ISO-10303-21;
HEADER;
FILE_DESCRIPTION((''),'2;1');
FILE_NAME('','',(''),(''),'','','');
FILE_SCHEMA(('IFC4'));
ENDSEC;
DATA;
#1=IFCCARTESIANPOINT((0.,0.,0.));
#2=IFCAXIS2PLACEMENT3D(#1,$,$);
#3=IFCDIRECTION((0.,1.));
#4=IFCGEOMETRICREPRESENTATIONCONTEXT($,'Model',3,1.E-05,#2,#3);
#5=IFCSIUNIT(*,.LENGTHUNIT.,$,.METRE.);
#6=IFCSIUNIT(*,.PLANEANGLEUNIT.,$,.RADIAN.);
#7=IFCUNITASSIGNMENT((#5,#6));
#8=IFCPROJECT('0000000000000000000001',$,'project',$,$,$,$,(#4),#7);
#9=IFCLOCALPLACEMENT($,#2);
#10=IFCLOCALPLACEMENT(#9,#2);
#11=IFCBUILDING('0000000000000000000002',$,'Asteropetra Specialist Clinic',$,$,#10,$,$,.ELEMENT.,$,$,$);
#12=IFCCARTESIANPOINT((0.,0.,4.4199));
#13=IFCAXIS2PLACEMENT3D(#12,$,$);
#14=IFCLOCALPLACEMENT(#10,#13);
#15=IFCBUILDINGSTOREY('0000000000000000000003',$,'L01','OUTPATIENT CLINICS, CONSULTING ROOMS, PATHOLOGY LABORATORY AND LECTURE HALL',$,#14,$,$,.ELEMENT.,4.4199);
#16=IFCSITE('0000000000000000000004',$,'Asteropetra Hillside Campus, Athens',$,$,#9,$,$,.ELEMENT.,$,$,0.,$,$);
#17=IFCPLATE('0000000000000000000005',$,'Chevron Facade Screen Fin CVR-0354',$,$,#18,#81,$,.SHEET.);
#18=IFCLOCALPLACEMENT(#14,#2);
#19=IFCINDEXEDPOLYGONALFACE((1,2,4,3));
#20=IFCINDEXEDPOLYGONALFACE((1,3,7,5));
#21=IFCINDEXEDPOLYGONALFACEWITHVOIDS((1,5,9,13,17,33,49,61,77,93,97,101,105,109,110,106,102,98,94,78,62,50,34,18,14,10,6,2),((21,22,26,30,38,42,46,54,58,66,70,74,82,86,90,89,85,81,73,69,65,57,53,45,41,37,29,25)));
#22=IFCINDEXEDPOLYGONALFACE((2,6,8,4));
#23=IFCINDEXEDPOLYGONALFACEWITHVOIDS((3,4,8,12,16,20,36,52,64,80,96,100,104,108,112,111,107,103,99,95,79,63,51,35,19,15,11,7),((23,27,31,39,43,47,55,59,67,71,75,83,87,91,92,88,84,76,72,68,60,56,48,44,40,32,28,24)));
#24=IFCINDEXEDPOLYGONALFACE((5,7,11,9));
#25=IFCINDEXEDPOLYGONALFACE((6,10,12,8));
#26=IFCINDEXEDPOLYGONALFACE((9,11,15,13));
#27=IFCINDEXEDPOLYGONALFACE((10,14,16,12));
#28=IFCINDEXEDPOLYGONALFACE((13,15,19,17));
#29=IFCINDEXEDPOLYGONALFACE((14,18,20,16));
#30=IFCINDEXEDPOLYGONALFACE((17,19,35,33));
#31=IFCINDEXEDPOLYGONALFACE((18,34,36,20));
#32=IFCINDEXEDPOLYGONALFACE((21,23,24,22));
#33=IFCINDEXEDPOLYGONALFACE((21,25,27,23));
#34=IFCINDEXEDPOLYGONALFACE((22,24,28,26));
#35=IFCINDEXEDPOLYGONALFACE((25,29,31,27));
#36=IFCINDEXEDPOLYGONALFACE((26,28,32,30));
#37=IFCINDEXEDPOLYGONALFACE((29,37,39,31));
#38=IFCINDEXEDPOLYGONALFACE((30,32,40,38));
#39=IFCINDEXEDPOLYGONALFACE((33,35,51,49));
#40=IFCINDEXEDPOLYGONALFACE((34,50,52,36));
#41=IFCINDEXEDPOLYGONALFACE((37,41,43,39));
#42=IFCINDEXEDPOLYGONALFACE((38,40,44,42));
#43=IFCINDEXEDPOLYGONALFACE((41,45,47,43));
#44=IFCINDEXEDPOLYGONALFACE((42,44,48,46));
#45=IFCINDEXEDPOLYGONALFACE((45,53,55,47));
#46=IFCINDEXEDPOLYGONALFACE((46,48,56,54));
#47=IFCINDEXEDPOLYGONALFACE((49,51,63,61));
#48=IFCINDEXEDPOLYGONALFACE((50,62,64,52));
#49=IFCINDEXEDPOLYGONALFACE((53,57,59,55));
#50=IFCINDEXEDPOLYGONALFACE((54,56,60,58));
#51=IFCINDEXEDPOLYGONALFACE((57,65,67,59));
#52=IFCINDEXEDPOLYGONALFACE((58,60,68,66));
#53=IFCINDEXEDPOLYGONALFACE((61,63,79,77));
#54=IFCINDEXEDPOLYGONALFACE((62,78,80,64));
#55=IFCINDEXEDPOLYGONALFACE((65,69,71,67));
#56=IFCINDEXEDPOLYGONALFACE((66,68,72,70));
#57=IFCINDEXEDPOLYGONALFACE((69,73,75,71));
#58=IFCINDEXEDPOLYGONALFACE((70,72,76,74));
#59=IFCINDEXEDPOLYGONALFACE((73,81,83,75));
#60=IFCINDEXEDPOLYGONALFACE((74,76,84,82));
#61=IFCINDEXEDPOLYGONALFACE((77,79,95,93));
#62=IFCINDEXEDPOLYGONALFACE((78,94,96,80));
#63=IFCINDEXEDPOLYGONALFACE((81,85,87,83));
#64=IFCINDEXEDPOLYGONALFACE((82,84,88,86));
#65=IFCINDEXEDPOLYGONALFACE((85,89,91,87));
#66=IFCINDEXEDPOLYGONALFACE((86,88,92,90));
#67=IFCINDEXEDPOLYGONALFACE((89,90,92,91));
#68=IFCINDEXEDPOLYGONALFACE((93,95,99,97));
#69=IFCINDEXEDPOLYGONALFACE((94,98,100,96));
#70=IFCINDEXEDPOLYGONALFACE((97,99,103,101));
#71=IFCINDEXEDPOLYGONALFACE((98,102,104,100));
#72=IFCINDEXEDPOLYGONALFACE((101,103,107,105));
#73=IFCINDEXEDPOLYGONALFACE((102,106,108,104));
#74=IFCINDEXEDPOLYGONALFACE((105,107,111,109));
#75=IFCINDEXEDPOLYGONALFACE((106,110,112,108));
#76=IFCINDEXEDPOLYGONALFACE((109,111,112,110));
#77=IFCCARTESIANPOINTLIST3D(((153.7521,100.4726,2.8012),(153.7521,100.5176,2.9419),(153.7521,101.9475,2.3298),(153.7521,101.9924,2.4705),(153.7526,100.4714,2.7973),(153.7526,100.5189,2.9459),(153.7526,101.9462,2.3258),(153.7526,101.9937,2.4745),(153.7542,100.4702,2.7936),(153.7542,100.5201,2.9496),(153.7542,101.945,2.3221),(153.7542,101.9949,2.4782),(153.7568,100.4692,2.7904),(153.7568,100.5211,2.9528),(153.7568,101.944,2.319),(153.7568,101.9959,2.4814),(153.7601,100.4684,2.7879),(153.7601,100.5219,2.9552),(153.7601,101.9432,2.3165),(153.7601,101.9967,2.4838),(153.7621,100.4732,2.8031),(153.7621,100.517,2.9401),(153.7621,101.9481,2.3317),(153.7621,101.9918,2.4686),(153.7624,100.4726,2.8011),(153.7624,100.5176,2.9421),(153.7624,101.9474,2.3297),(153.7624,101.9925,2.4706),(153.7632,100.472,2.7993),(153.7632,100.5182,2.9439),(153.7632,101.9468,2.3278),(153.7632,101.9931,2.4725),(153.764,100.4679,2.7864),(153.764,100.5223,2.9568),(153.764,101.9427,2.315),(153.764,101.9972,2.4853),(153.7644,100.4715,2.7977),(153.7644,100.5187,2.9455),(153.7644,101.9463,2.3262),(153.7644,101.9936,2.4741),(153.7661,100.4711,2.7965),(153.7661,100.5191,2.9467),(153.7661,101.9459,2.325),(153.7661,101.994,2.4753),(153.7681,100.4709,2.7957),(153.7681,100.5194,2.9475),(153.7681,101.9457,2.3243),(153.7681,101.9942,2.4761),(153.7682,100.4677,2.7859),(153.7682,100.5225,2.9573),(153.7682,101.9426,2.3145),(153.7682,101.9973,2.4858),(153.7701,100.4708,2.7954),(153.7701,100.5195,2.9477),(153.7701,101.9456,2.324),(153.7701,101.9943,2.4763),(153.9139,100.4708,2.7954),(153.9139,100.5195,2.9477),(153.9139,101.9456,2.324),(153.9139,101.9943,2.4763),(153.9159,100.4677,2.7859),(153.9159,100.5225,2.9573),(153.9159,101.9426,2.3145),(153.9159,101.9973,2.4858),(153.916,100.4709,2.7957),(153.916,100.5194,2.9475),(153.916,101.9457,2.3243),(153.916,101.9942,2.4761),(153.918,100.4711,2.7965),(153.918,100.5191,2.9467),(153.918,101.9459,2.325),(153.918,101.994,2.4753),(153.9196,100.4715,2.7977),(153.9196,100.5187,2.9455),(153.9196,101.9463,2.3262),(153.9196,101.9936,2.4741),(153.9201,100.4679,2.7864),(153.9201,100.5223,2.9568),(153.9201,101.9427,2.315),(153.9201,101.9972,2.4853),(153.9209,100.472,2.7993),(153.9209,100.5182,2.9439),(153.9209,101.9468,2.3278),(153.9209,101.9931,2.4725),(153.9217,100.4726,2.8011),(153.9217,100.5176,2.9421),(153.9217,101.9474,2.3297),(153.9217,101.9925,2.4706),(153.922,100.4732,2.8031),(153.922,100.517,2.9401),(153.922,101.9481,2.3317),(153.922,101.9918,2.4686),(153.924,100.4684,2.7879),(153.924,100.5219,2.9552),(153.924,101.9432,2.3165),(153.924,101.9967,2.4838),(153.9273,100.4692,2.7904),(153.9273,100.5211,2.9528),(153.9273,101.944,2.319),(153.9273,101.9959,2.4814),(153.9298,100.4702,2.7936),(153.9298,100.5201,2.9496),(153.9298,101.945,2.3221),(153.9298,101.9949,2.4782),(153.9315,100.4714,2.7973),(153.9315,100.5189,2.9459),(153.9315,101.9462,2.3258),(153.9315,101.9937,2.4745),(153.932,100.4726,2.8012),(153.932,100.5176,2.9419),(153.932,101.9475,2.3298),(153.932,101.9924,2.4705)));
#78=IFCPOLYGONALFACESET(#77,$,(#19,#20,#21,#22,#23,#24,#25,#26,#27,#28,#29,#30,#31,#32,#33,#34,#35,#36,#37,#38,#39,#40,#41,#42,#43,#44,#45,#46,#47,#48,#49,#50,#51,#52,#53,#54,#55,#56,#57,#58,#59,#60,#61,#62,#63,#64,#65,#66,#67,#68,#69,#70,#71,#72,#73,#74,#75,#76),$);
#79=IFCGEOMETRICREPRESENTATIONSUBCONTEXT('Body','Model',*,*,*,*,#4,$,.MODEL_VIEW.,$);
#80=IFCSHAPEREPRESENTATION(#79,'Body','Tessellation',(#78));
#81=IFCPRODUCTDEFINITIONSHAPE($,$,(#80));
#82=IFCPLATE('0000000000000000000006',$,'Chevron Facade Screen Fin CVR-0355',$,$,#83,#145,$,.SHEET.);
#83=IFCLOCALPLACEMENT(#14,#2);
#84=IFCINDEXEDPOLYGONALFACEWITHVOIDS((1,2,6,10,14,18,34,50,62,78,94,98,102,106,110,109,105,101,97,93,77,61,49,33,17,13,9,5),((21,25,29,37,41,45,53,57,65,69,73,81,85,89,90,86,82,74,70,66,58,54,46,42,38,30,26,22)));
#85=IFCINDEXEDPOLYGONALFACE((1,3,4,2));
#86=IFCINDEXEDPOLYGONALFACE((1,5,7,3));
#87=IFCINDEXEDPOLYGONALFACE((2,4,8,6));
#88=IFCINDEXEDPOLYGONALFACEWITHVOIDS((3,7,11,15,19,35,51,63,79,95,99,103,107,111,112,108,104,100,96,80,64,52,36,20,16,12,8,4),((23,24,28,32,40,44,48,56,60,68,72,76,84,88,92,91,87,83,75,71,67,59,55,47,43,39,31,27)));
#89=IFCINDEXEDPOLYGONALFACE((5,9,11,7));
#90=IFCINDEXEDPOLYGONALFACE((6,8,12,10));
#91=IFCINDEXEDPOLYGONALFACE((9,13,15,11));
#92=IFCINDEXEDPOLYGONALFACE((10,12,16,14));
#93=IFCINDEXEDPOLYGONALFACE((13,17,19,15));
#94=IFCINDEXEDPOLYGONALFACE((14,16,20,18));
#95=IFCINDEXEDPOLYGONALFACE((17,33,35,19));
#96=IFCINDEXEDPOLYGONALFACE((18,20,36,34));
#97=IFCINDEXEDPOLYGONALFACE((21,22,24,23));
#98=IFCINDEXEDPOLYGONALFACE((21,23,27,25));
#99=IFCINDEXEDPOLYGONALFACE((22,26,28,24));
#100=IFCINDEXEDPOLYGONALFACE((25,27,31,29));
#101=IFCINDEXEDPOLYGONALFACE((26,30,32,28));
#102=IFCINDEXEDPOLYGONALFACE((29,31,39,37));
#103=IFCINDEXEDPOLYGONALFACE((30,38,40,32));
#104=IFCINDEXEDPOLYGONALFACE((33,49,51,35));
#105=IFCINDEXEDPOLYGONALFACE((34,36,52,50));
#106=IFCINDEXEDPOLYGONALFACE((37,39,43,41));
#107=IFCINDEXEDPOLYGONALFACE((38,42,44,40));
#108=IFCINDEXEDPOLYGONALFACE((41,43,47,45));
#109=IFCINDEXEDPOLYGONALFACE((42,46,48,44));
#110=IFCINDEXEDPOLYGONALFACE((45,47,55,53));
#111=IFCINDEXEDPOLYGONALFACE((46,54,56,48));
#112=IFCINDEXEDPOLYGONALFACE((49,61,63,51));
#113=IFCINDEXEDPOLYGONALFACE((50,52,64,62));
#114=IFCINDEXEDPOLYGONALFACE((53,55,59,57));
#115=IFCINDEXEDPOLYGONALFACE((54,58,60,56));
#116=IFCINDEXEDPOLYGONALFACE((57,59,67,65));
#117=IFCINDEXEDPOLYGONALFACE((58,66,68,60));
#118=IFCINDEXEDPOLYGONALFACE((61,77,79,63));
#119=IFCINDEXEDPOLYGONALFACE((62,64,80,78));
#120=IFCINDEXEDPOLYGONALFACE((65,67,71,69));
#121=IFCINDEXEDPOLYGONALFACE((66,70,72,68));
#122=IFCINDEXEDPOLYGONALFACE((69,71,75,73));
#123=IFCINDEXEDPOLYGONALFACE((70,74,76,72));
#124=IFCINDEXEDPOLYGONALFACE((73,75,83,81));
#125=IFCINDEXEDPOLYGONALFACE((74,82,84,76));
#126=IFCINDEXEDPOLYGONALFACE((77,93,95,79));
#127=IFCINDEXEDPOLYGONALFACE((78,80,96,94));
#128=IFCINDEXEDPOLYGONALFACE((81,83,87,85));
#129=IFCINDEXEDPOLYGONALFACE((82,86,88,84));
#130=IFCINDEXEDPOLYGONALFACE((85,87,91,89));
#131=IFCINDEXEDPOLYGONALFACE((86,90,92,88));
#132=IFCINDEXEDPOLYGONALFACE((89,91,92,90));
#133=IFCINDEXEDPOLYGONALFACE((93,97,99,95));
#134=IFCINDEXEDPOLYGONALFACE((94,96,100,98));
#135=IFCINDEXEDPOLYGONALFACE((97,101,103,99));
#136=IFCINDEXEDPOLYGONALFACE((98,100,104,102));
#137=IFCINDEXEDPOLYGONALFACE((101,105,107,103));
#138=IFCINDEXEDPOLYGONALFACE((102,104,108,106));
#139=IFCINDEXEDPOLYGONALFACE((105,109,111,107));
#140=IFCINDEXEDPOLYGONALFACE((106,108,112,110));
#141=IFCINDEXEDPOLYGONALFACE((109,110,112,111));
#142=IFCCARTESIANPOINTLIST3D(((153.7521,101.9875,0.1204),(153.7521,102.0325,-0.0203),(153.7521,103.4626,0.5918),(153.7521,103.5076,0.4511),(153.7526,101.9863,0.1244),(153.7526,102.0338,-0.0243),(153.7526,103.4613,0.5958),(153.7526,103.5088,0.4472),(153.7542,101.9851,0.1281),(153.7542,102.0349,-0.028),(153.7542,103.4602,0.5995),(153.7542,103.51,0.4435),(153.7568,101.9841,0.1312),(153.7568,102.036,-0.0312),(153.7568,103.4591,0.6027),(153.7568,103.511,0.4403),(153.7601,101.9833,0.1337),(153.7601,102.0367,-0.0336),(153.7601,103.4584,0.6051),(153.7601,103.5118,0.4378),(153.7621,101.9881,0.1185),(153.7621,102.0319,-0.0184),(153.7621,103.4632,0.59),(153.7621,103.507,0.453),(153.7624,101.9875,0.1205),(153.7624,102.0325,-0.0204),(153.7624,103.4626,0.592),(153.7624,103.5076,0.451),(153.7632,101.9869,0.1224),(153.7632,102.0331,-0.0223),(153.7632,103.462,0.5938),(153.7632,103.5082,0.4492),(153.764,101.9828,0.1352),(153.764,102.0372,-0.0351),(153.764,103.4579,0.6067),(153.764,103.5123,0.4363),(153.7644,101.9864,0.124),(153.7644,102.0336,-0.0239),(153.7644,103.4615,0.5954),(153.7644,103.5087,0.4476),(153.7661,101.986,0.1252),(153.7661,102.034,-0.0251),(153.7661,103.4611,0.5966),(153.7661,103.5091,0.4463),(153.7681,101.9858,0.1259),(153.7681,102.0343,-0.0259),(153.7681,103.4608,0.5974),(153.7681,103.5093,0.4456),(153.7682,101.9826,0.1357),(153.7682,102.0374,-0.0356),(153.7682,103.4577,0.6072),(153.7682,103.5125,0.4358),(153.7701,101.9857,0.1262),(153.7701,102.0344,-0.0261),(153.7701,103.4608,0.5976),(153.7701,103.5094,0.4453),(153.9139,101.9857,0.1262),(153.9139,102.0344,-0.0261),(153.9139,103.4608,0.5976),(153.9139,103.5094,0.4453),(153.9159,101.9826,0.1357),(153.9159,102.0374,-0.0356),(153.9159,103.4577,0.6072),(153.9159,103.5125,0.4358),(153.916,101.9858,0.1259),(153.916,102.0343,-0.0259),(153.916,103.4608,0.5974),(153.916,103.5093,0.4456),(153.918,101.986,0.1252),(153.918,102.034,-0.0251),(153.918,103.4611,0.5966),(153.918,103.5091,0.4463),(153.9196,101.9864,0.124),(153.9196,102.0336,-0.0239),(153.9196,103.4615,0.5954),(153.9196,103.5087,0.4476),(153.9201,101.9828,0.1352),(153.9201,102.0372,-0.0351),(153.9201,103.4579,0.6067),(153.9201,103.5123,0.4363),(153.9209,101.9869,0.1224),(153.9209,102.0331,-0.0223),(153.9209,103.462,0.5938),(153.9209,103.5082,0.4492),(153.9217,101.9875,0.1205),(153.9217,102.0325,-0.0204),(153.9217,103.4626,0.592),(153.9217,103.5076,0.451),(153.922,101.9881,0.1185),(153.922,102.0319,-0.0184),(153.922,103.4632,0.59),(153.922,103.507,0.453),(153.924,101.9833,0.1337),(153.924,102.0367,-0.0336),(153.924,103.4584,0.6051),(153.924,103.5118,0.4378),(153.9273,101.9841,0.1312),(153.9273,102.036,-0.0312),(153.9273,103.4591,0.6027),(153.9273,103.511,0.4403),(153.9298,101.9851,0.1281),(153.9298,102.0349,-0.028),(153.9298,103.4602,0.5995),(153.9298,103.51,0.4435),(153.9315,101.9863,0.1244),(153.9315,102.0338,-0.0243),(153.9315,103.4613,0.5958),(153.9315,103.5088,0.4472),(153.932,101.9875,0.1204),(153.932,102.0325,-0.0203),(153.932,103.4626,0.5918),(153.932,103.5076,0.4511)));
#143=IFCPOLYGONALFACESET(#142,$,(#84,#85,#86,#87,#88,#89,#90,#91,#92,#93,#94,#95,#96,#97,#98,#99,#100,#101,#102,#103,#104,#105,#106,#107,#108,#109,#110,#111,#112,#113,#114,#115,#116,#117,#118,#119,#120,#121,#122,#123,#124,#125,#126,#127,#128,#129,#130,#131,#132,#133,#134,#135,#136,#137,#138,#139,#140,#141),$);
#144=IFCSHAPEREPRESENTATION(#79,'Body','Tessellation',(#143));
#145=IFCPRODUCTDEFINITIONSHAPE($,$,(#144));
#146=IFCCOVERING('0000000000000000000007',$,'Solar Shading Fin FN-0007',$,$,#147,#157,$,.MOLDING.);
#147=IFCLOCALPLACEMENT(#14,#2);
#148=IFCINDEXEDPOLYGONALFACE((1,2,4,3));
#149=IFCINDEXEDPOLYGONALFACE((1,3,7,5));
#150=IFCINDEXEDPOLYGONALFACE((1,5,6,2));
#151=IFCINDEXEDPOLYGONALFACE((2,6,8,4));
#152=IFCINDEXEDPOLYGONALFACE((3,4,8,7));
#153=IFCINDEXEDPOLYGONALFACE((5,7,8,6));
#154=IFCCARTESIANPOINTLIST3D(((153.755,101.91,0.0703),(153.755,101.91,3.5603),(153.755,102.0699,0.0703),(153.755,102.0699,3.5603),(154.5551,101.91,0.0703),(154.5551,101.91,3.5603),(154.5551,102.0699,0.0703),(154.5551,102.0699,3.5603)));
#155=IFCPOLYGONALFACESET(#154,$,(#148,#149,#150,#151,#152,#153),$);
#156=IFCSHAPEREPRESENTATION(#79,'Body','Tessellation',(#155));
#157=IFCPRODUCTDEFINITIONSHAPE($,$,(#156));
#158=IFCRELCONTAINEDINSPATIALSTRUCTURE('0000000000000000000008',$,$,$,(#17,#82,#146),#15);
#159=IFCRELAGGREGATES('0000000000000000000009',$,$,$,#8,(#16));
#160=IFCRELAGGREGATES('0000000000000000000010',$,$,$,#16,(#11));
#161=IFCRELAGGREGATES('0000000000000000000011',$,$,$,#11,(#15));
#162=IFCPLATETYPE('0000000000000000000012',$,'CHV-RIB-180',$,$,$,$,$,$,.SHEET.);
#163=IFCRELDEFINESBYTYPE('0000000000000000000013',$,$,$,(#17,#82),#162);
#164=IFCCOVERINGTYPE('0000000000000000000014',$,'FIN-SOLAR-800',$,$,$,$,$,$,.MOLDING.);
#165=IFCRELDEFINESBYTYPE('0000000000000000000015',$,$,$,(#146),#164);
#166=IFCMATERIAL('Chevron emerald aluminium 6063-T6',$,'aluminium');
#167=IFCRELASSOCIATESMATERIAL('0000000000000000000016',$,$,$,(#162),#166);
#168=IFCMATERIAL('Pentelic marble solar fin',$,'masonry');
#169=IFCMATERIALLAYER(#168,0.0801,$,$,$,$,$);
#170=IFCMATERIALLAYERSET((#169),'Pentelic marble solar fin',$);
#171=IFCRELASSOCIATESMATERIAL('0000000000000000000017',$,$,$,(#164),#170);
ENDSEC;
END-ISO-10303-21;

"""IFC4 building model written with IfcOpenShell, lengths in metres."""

from ifc_helpers import new_model, si_unit, direction, frame, origin, origin_2d, place, context, subcontext, project, spatial, rectangle, hollow_rectangle, extrude, material, layer, layer_set, material_profile, profile_set, type_object, element, save


model = new_model("IFC4")

# Units and contexts
model_context = context("Model", 3, precision=1e-05, world=origin(), true_north=direction((0.0, 1.0)))
body_context = subcontext(model_context, "Body", "Model", "MODEL_VIEW")
ifc_project = project(units=[si_unit("LENGTHUNIT", "METRE"), si_unit("PLANEANGLEUNIT", "RADIAN")], contexts=[model_context])

# Site, building, storey
site_placement = place(None, origin())
site = spatial("IfcSite", under=ifc_project, at=site_placement, Name="Asteropetra Hillside Campus, Athens", CompositionType="ELEMENT", RefElevation=0.0)
building_placement = place(site_placement, origin())
building = spatial("IfcBuilding", under=site, at=building_placement, Name="Asteropetra Specialist Clinic", CompositionType="ELEMENT")
storey_placement = place(building_placement, frame((0.0, 0.0, 4.4199)))
storey = spatial("IfcBuildingStorey", under=building, at=storey_placement, Name="L01", Description="OUTPATIENT CLINICS, CONSULTING ROOMS, PATHOLOGY LABORATORY AND LECTURE HALL", CompositionType="ELEMENT", Elevation=4.4199)

# Plates
ifc_material_1 = material(Name="Chevron emerald aluminium 6063-T6", Category="aluminium")
ifc_material_profile = material_profile(ifc_material_1, hollow_rectangle(XDim=0.1799, YDim=0.1799, WallThickness=0.01, InnerFilletRadius=0.0081, OuterFilletRadius=0.0161, at=origin_2d()), Name="SHS 180x180x10.0")
ifc_profile_set = profile_set([ifc_material_profile], Name="Chevron emerald aluminium 6063-T6")
plate_type = type_object("IfcPlateType", Name="CHV-RIB-180", PredefinedType="SHEET", material=ifc_profile_set)
plate_1_placement = place(storey_placement, frame((153.842, 100.4951, 2.8716), z_axis=(0.0, 0.952521, -0.304472), x_axis=(-1.0, 0.0, 0.0)))
element("IfcPlate", 1, at=plate_1_placement, inside=storey, type_object=plate_type, Name="Chevron Facade Screen Fin CVR-0354", PredefinedType="SHEET", context=body_context, shape_type="SweptSolid", body=[
    extrude(hollow_rectangle(XDim=0.1799, YDim=0.1799, WallThickness=0.01, InnerFilletRadius=0.0081, OuterFilletRadius=0.0161, at=origin_2d()), origin(), (0.0, 0.0, 1.0), 1.5483),
])
plate_2_placement = place(storey_placement, frame((153.842, 102.01, 0.05), z_axis=(0.0, 0.952536, 0.304427), x_axis=(-1.0, 0.0, 0.0)))
element("IfcPlate", 2, at=plate_2_placement, inside=storey, type_object=plate_type, Name="Chevron Facade Screen Fin CVR-0355", PredefinedType="SHEET", context=body_context, shape_type="SweptSolid", body=[
    extrude(hollow_rectangle(XDim=0.1799, YDim=0.1799, WallThickness=0.01, InnerFilletRadius=0.0081, OuterFilletRadius=0.0161, at=origin_2d()), origin(), (0.0, 0.0, 1.0), 1.5486),
])

# Covering
ifc_material_2 = material(Name="Pentelic marble solar fin", Category="masonry")
ifc_layer = layer(ifc_material_2, 0.0801)
ifc_layer_set = layer_set([ifc_layer], Name="Pentelic marble solar fin")
covering_type = type_object("IfcCoveringType", Name="FIN-SOLAR-800", PredefinedType="MOLDING", material=ifc_layer_set)
covering_placement = place(storey_placement, frame((154.155, 101.99, 0.0703), z_axis=(0.0, 0.0, 1.0), x_axis=(1.0, 0.0, 0.0)))
element("IfcCovering", 3, at=covering_placement, inside=storey, type_object=covering_type, Name="Solar Shading Fin FN-0007", PredefinedType="MOLDING", context=body_context, shape_type="SweptSolid", body=[
    extrude(rectangle(XDim=0.8, YDim=0.1599, at=origin_2d()), origin(), (0.0, 0.0, 1.0), 3.49),
])

save(model, "model.ifc")
